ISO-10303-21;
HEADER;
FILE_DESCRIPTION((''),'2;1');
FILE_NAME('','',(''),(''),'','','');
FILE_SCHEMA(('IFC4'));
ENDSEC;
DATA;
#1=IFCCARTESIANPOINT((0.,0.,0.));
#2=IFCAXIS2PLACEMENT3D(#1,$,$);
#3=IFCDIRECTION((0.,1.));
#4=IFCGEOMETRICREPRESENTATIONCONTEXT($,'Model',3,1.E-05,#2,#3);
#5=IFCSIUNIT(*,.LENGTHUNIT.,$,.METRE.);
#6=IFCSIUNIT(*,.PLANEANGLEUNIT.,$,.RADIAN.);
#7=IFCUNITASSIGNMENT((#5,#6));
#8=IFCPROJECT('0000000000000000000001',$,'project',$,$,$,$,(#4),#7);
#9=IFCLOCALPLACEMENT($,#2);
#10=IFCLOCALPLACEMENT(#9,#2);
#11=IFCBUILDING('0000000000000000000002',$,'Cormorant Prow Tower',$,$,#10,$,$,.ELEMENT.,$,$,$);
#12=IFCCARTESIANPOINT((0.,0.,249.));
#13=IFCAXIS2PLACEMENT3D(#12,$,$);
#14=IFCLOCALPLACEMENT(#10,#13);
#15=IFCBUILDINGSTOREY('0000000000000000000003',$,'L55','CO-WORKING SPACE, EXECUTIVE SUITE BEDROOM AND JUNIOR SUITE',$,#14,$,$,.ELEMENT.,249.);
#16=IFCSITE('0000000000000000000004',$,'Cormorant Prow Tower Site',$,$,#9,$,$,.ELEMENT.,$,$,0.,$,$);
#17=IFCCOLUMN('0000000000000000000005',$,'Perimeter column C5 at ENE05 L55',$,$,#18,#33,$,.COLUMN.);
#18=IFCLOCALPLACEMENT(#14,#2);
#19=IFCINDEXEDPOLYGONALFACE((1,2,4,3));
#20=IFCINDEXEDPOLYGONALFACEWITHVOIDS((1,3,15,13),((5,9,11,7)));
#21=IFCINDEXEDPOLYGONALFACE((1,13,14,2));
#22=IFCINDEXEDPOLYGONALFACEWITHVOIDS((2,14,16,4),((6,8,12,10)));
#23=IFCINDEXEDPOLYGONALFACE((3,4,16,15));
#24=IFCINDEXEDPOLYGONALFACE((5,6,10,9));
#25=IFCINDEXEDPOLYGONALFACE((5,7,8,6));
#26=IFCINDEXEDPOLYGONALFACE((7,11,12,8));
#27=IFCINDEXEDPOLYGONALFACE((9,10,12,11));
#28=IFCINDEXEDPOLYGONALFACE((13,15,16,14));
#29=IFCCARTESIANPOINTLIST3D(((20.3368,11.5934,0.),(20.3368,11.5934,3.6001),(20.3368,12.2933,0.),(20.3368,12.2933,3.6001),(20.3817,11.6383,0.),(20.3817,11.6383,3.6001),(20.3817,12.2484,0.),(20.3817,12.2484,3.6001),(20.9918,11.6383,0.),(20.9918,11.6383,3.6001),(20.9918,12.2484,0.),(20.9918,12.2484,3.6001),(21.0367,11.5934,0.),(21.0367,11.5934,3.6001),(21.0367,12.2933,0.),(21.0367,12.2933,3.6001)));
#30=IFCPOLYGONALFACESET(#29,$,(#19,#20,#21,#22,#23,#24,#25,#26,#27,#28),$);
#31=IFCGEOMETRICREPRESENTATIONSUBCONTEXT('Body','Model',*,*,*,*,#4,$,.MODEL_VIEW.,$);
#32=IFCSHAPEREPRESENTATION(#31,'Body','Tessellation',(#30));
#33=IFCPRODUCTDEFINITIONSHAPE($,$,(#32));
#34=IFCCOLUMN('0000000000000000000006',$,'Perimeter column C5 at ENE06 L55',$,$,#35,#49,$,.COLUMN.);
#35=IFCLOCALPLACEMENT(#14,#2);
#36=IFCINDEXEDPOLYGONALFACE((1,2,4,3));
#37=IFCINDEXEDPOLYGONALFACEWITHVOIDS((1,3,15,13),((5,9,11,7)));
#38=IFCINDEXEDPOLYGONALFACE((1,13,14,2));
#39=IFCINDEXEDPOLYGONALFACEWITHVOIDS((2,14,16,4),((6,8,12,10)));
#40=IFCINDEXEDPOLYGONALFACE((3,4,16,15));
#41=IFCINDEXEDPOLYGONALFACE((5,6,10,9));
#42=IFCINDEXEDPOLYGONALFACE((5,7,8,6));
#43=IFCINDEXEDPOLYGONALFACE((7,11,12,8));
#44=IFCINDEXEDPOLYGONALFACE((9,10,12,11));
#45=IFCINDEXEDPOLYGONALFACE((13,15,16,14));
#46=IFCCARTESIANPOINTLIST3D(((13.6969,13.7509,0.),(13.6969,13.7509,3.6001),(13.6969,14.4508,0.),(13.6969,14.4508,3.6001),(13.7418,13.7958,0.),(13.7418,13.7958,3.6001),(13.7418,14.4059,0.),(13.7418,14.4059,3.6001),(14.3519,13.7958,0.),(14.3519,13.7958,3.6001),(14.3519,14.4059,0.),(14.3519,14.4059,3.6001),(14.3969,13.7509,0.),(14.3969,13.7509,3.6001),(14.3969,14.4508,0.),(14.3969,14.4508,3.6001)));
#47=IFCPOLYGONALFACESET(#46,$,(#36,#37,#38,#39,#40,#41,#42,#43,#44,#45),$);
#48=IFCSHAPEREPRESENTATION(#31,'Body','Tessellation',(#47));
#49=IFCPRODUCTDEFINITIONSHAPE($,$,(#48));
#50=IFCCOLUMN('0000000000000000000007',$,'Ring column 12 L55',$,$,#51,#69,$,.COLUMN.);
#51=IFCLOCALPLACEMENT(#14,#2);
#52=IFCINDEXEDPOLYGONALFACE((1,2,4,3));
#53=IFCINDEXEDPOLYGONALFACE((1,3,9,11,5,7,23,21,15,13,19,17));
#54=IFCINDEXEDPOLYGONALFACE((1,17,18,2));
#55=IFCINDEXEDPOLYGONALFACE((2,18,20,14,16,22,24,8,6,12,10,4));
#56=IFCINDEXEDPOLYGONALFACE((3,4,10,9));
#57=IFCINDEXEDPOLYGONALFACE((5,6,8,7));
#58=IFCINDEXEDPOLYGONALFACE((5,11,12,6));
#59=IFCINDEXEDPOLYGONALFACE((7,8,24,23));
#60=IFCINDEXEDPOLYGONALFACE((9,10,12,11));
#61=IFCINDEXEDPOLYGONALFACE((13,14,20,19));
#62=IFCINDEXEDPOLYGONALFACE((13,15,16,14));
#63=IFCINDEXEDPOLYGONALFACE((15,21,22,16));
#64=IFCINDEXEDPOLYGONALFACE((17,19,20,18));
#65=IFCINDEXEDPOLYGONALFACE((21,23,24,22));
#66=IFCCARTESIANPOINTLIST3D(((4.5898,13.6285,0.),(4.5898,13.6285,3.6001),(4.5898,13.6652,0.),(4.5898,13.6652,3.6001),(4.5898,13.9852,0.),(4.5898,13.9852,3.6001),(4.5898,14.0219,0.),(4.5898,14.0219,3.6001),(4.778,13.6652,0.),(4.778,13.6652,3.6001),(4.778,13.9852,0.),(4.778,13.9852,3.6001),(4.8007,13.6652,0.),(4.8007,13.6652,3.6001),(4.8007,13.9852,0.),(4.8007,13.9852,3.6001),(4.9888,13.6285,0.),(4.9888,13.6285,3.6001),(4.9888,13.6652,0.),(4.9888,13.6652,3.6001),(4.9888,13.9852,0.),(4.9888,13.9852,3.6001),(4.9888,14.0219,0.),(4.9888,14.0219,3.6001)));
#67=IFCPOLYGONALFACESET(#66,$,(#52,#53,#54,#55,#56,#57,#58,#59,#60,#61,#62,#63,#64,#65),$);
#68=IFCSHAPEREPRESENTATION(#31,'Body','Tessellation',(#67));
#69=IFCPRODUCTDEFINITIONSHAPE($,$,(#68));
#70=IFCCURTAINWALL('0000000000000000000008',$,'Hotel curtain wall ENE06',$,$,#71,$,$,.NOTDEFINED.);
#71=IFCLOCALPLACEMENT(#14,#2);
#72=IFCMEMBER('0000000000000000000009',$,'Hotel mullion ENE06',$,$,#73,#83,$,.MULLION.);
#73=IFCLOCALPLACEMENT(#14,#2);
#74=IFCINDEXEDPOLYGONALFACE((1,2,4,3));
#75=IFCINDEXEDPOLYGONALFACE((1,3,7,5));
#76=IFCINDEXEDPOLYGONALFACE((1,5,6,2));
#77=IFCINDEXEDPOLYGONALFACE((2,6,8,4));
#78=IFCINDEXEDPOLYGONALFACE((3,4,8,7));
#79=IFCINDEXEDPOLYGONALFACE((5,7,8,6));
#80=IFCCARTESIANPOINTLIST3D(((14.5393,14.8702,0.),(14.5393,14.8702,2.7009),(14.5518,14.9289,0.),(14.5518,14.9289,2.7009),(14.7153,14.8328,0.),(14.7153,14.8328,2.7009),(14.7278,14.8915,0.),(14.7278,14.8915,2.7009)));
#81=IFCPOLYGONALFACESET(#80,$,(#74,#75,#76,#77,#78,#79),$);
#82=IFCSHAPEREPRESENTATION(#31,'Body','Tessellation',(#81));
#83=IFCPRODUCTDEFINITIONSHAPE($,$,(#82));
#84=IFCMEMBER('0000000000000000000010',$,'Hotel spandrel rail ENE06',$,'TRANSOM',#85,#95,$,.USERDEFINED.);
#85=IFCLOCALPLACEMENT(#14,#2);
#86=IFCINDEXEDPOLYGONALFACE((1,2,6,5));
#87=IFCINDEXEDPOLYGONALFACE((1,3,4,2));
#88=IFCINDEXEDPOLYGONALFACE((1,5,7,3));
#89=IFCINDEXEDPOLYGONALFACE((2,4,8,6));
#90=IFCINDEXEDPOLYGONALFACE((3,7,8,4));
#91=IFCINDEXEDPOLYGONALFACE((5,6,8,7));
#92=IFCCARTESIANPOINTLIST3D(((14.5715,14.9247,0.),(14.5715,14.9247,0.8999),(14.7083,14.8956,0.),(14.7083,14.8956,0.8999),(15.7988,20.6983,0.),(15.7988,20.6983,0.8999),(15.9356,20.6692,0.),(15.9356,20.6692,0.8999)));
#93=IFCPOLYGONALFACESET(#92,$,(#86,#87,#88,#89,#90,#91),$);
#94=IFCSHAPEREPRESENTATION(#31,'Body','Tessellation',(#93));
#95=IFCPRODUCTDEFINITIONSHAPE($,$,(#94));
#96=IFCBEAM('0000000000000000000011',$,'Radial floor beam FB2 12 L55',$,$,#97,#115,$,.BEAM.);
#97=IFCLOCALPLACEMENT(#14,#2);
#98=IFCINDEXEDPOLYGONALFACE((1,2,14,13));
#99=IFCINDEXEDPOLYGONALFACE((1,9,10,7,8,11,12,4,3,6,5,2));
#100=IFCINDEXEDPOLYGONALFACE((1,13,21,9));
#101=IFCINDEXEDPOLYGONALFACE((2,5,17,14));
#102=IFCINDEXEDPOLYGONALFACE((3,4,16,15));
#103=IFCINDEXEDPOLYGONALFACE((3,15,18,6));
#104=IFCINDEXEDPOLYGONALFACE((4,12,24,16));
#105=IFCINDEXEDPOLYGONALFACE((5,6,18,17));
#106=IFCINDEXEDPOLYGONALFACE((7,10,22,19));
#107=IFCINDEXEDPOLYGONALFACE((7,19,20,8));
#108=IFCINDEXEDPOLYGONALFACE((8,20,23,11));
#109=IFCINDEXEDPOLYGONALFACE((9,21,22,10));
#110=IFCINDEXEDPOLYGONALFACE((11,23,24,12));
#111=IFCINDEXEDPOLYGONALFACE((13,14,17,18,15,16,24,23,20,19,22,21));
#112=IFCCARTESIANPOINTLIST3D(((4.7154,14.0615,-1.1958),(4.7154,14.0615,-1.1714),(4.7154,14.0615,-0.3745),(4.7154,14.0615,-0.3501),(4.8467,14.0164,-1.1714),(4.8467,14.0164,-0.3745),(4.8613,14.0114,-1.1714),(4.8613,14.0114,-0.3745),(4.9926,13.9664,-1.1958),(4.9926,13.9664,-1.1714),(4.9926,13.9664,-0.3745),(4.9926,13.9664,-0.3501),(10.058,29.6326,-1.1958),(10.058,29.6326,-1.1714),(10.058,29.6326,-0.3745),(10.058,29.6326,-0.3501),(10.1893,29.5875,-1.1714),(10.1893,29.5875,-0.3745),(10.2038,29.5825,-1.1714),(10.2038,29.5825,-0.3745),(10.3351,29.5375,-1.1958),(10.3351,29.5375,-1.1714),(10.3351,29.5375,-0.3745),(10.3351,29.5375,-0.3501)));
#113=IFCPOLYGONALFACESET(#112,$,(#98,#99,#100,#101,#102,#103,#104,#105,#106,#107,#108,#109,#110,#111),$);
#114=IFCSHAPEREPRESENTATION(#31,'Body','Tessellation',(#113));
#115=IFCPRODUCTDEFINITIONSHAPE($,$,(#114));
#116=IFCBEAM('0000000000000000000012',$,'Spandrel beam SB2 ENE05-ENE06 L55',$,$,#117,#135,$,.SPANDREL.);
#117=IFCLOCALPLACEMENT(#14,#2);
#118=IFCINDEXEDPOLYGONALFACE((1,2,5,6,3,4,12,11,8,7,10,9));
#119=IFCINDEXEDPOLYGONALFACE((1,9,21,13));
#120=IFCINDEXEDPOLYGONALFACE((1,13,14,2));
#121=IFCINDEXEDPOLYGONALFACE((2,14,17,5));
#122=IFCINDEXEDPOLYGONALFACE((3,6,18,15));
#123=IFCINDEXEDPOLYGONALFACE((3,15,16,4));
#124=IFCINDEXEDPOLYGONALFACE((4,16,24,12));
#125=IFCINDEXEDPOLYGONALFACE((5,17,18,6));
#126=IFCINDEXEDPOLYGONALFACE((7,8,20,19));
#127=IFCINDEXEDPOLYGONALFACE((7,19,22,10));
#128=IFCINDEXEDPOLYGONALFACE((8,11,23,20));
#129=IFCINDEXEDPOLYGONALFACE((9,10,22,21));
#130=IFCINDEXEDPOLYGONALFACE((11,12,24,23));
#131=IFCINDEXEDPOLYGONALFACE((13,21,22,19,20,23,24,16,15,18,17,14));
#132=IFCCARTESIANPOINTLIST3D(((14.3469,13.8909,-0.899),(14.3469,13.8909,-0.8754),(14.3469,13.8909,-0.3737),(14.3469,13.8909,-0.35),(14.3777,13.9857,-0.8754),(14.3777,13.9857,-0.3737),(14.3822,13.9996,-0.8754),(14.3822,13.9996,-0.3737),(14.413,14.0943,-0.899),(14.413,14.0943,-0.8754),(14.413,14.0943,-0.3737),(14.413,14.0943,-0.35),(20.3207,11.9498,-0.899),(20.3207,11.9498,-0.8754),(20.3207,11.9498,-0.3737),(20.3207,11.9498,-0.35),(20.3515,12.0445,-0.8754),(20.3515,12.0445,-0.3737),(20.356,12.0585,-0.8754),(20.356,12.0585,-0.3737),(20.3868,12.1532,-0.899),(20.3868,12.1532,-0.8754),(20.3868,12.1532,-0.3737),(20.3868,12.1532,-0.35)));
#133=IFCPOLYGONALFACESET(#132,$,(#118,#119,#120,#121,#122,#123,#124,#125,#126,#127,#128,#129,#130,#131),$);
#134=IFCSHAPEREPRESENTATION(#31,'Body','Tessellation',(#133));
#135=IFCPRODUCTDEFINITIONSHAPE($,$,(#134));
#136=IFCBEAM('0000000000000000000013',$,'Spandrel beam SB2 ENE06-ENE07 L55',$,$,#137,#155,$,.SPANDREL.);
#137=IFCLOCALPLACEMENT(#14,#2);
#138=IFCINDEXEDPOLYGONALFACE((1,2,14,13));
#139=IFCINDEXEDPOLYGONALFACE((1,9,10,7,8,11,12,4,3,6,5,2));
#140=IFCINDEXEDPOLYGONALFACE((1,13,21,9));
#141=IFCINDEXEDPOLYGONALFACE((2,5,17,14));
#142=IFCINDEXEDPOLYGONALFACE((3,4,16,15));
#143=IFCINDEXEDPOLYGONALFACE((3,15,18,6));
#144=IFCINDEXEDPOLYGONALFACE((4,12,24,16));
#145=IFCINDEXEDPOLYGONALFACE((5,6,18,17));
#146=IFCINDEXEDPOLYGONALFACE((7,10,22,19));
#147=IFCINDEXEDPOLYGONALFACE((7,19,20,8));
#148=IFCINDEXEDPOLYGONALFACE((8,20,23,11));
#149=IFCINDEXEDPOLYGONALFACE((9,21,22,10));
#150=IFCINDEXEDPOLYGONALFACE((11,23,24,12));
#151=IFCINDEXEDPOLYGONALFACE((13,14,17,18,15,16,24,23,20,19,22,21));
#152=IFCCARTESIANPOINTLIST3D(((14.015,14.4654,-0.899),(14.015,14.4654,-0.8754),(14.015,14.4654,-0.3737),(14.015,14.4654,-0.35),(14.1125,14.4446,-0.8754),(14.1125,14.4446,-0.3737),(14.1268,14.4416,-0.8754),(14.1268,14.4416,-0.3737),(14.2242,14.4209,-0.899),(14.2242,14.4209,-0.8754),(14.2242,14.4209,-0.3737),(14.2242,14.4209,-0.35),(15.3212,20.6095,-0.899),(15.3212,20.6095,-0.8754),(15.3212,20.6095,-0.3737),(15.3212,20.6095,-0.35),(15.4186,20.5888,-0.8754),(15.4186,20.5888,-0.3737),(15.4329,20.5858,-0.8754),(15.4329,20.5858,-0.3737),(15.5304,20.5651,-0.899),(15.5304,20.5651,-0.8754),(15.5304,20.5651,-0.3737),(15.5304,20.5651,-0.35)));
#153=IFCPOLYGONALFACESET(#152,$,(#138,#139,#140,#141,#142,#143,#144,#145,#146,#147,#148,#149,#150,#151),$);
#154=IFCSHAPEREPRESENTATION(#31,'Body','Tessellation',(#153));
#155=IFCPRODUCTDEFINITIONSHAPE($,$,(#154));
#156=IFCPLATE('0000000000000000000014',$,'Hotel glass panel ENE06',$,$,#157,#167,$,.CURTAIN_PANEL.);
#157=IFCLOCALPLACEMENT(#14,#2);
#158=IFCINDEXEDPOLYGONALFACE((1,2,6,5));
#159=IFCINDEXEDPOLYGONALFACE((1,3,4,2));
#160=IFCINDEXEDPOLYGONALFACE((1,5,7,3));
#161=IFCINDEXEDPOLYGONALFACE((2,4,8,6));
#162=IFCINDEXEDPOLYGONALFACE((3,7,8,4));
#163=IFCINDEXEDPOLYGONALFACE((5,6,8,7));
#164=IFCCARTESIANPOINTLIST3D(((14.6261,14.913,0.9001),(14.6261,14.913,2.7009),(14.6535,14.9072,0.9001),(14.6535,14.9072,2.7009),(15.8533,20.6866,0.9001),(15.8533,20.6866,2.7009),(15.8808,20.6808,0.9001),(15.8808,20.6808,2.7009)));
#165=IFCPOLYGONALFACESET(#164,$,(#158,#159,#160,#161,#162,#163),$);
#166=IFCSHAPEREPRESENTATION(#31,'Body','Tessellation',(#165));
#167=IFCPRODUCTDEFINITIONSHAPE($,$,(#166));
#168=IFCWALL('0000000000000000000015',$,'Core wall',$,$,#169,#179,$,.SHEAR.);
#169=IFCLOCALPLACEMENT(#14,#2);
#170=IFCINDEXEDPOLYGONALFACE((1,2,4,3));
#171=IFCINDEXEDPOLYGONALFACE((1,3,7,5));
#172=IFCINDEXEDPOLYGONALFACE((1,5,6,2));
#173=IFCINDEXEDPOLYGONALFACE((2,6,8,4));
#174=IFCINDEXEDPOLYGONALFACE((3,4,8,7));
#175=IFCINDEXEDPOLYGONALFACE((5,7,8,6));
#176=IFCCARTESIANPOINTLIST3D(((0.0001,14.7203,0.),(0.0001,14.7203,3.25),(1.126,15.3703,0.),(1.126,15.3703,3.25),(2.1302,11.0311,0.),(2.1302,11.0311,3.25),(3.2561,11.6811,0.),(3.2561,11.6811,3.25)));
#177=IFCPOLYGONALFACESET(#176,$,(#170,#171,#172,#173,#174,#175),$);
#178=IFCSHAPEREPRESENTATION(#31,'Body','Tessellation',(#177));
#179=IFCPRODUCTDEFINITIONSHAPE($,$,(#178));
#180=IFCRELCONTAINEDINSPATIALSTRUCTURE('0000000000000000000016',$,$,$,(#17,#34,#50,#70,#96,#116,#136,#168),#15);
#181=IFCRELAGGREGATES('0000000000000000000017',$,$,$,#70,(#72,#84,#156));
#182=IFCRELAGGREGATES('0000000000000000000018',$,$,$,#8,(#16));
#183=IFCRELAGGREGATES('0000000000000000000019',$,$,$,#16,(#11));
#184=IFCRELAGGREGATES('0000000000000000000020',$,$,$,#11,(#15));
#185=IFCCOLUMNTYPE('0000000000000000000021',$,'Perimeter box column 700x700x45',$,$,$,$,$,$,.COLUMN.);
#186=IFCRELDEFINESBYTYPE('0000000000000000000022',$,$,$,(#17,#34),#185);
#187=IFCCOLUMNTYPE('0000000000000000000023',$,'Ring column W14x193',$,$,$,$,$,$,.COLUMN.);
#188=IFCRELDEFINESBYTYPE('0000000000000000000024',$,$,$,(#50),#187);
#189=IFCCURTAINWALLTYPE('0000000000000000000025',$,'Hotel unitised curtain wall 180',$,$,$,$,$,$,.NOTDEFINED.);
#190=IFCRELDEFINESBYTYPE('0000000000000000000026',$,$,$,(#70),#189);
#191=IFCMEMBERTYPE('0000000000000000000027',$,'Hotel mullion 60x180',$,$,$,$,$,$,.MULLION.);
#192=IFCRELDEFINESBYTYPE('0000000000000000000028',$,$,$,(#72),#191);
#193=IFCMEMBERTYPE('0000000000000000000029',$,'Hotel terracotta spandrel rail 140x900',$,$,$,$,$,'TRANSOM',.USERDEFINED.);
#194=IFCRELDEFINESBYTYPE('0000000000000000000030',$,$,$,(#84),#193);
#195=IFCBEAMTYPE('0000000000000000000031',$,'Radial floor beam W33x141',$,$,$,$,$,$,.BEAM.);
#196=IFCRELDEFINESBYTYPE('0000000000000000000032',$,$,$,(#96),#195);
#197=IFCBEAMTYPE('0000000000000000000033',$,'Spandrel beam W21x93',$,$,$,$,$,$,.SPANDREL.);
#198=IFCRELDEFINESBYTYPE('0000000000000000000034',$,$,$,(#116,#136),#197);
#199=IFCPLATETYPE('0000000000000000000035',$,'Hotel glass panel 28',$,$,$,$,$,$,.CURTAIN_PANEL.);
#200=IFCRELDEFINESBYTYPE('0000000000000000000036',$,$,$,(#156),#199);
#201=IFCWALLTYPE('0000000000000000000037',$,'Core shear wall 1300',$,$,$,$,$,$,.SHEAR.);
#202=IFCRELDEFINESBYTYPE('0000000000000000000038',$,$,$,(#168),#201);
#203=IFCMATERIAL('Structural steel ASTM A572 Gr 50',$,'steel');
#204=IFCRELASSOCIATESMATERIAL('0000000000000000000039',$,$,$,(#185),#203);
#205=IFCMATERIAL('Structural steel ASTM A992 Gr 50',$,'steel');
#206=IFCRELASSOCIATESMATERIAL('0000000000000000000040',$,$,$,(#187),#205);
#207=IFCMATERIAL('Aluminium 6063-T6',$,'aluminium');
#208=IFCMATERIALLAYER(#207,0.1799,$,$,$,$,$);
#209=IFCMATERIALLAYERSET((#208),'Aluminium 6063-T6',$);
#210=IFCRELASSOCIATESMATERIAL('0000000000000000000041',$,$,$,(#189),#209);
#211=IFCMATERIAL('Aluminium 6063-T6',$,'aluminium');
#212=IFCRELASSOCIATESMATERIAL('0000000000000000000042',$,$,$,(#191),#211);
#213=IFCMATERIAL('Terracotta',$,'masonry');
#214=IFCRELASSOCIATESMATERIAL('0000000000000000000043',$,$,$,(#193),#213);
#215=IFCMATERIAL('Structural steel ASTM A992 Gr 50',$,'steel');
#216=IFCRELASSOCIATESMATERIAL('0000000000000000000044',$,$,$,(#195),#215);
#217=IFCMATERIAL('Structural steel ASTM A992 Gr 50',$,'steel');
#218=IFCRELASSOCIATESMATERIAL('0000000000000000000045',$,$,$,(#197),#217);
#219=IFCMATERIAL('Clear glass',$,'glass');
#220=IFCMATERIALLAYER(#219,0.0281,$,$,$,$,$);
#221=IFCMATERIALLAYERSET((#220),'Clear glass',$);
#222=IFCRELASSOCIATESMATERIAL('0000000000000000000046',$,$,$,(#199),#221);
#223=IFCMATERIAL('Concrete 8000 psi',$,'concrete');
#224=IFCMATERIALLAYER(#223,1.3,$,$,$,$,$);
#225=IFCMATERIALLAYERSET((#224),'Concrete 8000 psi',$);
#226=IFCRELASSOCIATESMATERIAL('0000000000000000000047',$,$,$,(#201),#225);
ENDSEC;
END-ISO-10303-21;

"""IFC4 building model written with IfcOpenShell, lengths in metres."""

from ifc_helpers import new_model, si_unit, direction, frame, frame_2d, origin, origin_2d, place, context, subcontext, project, spatial, rectangle, hollow_rectangle, i_section, extrude, material, layer, layer_set, material_profile, profile_set, type_object, element, aggregate, save


model = new_model("IFC4")

# Units and contexts
model_context = context("Model", 3, precision=1e-05, world=origin(), true_north=direction((0.0, 1.0)))
body_context = subcontext(model_context, "Body", "Model", "MODEL_VIEW")
ifc_project = project(units=[si_unit("LENGTHUNIT", "METRE"), si_unit("PLANEANGLEUNIT", "RADIAN")], contexts=[model_context])

# Site, building, storey
site_placement = place(None, origin())
site = spatial("IfcSite", under=ifc_project, at=site_placement, Name="Cormorant Prow Tower Site", CompositionType="ELEMENT", RefElevation=0.0)
building_placement = place(site_placement, origin())
building = spatial("IfcBuilding", under=site, at=building_placement, Name="Cormorant Prow Tower", CompositionType="ELEMENT")
storey_placement = place(building_placement, frame((0.0, 0.0, 249.0)))
storey = spatial("IfcBuildingStorey", under=building, at=storey_placement, Name="L55", Description="CO-WORKING SPACE, EXECUTIVE SUITE BEDROOM AND JUNIOR SUITE", CompositionType="ELEMENT", Elevation=249.0)

# Columns
ifc_material_1 = material(Name="Structural steel ASTM A572 Gr 50", Category="steel")
ifc_material_profile_1 = material_profile(ifc_material_1, hollow_rectangle(XDim=0.7, YDim=0.7, WallThickness=0.0449, at=origin_2d()), Name="Box 700x700x45")
ifc_profile_set_1 = profile_set([ifc_material_profile_1], Name="Structural steel ASTM A572 Gr 50")
column_type_1 = type_object("IfcColumnType", Name="Perimeter box column 700x700x45", PredefinedType="COLUMN", material=ifc_profile_set_1)
for number, where, z_axis, x_axis, name in (
    (1, (20.6868, 11.9434, 0.0), (0.0, 0.0, 1.0), (1.0, 0.0, 0.0), "Perimeter column C5 at ENE05 L55"),
    (2, (14.0469, 14.1008, 0.0), (0.0, 0.0, 1.0), (1.0, 0.0, 0.0), "Perimeter column C5 at ENE06 L55"),
):
    element("IfcColumn", number, at=place(storey_placement, frame(where, z_axis=z_axis, x_axis=x_axis)), inside=storey, type_object=column_type_1, Name=name, PredefinedType="COLUMN", context=body_context, shape_type="SweptSolid", body=[
        extrude(hollow_rectangle(XDim=0.7, YDim=0.7, WallThickness=0.0449, at=origin_2d()), origin(), (0.0, 0.0, 1.0), 3.6001),
    ])
ifc_material_2 = material(Name="Structural steel ASTM A992 Gr 50", Category="steel")
ifc_material_profile_2 = material_profile(ifc_material_2, i_section(OverallWidth=0.3989, OverallDepth=0.3933, WebThickness=0.0227, FlangeThickness=0.0366, at=origin_2d()), Name="W14x193")
ifc_profile_set_2 = profile_set([ifc_material_profile_2], Name="Structural steel ASTM A992 Gr 50")
column_type_2 = type_object("IfcColumnType", Name="Ring column W14x193", PredefinedType="COLUMN", material=ifc_profile_set_2)
column_placement = place(storey_placement, frame((4.7893, 13.8252, 0.0), z_axis=(0.0, 0.0, 1.0), x_axis=(1.0, 0.0, 0.0)))
element("IfcColumn", 3, at=column_placement, inside=storey, type_object=column_type_2, Name="Ring column 12 L55", PredefinedType="COLUMN", context=body_context, shape_type="SweptSolid", body=[
    extrude(i_section(OverallWidth=0.3989, OverallDepth=0.3933, WebThickness=0.0227, FlangeThickness=0.0366, at=origin_2d()), origin(), (0.0, 0.0, 1.0), 3.6001),
])

# Curtain wall, members
ifc_material_3 = material(Name="Aluminium 6063-T6", Category="aluminium")
ifc_layer_1 = layer(ifc_material_3, 0.1799)
ifc_layer_set_1 = layer_set([ifc_layer_1], Name="Aluminium 6063-T6")
curtain_wall_type = type_object("IfcCurtainWallType", Name="Hotel unitised curtain wall 180", PredefinedType="NOTDEFINED", material=ifc_layer_set_1)
curtain_wall_placement = place(storey_placement, origin())
curtain_wall = element("IfcCurtainWall", 4, at=curtain_wall_placement, inside=storey, type_object=curtain_wall_type, Name="Hotel curtain wall ENE06", PredefinedType="NOTDEFINED")
ifc_material_4 = material(Name="Aluminium 6063-T6", Category="aluminium")
ifc_material_profile_3 = material_profile(ifc_material_4, rectangle(XDim=0.1799, YDim=0.0601, at=origin_2d()), Name="Hotel mullion 60x180")
ifc_profile_set_3 = profile_set([ifc_material_profile_3], Name="Aluminium 6063-T6")
member_type_1 = type_object("IfcMemberType", Name="Hotel mullion 60x180", PredefinedType="MULLION", material=ifc_profile_set_3)
member_1_placement = place(storey_placement, frame((14.6335, 14.8809, 0.0), z_axis=(0.0, 0.0, 1.0), x_axis=(-0.978148, 0.207912, 0.0)))
member_1 = element("IfcMember", 5, at=member_1_placement, type_object=member_type_1, Name="Hotel mullion ENE06", PredefinedType="MULLION", context=body_context, shape_type="SweptSolid", body=[
    extrude(rectangle(XDim=0.1799, YDim=0.0601, at=origin_2d()), origin(), (0.0, 0.0, 1.0), 2.7009),
])
ifc_material_5 = material(Name="Terracotta", Category="masonry")
ifc_material_profile_4 = material_profile(ifc_material_5, rectangle(XDim=0.1399, YDim=0.8999, at=origin_2d()), Name="Hotel terracotta spandrel rail 140x900")
ifc_profile_set_4 = profile_set([ifc_material_profile_4], Name="Terracotta")
member_type_2 = type_object("IfcMemberType", Name="Hotel terracotta spandrel rail 140x900", ElementType="TRANSOM", PredefinedType="USERDEFINED", material=ifc_profile_set_4)
member_2_placement = place(storey_placement, frame((14.6399, 14.9102, 0.45), z_axis=(0.207922, 0.978145, 0.0), x_axis=(-0.978145, 0.207922, 0.0)))
member_2 = element("IfcMember", 6, at=member_2_placement, type_object=member_type_2, Name="Hotel spandrel rail ENE06", ObjectType="TRANSOM", PredefinedType="USERDEFINED", context=body_context, shape_type="SweptSolid", body=[
    extrude(rectangle(XDim=0.1399, YDim=0.8999, at=origin_2d()), origin(), (0.0, 0.0, 1.0), 5.9026),
])

# Beams
ifc_material_6 = material(Name="Structural steel ASTM A992 Gr 50", Category="steel")
ifc_material_profile_5 = material_profile(ifc_material_6, i_section(OverallWidth=0.293, OverallDepth=0.8457, WebThickness=0.0154, FlangeThickness=0.0244, at=origin_2d()), Name="W33x141")
ifc_profile_set_5 = profile_set([ifc_material_profile_5], Name="Structural steel ASTM A992 Gr 50")
beam_type_1 = type_object("IfcBeamType", Name="Radial floor beam W33x141", PredefinedType="BEAM", material=ifc_profile_set_5)
beam_1_placement = place(storey_placement, frame((4.854, 14.0139, -0.7729), z_axis=(0.324536, 0.945874, 0.0), x_axis=(-0.945874, 0.324536, 0.0)))
element("IfcBeam", 7, at=beam_1_placement, inside=storey, type_object=beam_type_1, Name="Radial floor beam FB2 12 L55", PredefinedType="BEAM", context=body_context, shape_type="SweptSolid", body=[
    extrude(i_section(OverallWidth=0.293, OverallDepth=0.8457, WebThickness=0.0154, FlangeThickness=0.0244, at=origin_2d()), origin(), (0.0, 0.0, 1.0), 16.4622),
])
ifc_material_7 = material(Name="Structural steel ASTM A992 Gr 50", Category="steel")
ifc_material_profile_6 = material_profile(ifc_material_7, i_section(OverallWidth=0.2139, OverallDepth=0.5491, WebThickness=0.0146, FlangeThickness=0.0237, at=origin_2d()), Name="W21x93")
ifc_profile_set_6 = profile_set([ifc_material_profile_6], Name="Structural steel ASTM A992 Gr 50")
beam_type_2 = type_object("IfcBeamType", Name="Spandrel beam W21x93", PredefinedType="SPANDREL", material=ifc_profile_set_6)
beam_2_placement = place(storey_placement, frame((20.3538, 12.0515, -0.6245), z_axis=(-0.95105, 0.309036, 0.0), x_axis=(-0.309036, -0.95105, 0.0)))
element("IfcBeam", 8, at=beam_2_placement, inside=storey, type_object=beam_type_2, Name="Spandrel beam SB2 ENE05-ENE06 L55", PredefinedType="SPANDREL", context=body_context, shape_type="SweptSolid", body=[
    extrude(i_section(OverallWidth=0.2139, OverallDepth=0.5491, WebThickness=0.0146, FlangeThickness=0.0237, at=origin_2d()), origin(), (0.0, 0.0, 1.0), 6.2812),
])
beam_3_placement = place(storey_placement, frame((14.1196, 14.4431, -0.6245), z_axis=(0.207934, 0.978143, 0.0), x_axis=(-0.978143, 0.207934, 0.0)))
element("IfcBeam", 9, at=beam_3_placement, inside=storey, type_object=beam_type_2, Name="Spandrel beam SB2 ENE06-ENE07 L55", PredefinedType="SPANDREL", context=body_context, shape_type="SweptSolid", body=[
    extrude(i_section(OverallWidth=0.2139, OverallDepth=0.5491, WebThickness=0.0146, FlangeThickness=0.0237, at=origin_2d()), origin(), (0.0, 0.0, 1.0), 6.2815),
])

# Plate
ifc_material_8 = material(Name="Clear glass", Category="glass")
ifc_layer_2 = layer(ifc_material_8, 0.0281)
ifc_layer_set_2 = layer_set([ifc_layer_2], Name="Clear glass")
plate_type = type_object("IfcPlateType", Name="Hotel glass panel 28", PredefinedType="CURTAIN_PANEL", material=ifc_layer_set_2)
plate_placement = place(storey_placement, frame((15.2534, 17.7969, 0.9001), z_axis=(0.0, 0.0, 1.0), x_axis=(0.207912, 0.978148, 0.0)))
plate = element("IfcPlate", 10, at=plate_placement, type_object=plate_type, Name="Hotel glass panel ENE06", PredefinedType="CURTAIN_PANEL", context=body_context, shape_type="SweptSolid", body=[
    extrude(rectangle(XDim=5.9026, YDim=0.0281, at=origin_2d()), origin(), (0.0, 0.0, 1.0), 1.8008),
])
aggregate(curtain_wall, [member_1, member_2, plate])

# Wall
ifc_material_9 = material(Name="Concrete 8000 psi", Category="concrete")
ifc_layer_3 = layer(ifc_material_9, 1.3)
ifc_layer_set_3 = layer_set([ifc_layer_3], Name="Concrete 8000 psi")
wall_type_1 = type_object("IfcWallType", Name="Core shear wall 1300", PredefinedType="SHEAR", material=ifc_layer_set_3)
wall_1_placement = place(storey_placement, frame((2.6931, 11.3562, 0.0), z_axis=(0.0, 0.0, 1.0), x_axis=(-0.500028, 0.866009, 0.0)))
element("IfcWall", 11, at=wall_1_placement, inside=storey, type_object=wall_type_1, Name="Core wall", PredefinedType="SHEAR", context=body_context, shape_type="SweptSolid", body=[
    extrude(rectangle(XDim=4.26, YDim=1.3, at=frame_2d((2.1299, 0.0))), origin(), (0.0, 0.0, 1.0), 3.25),
])

save(model, "model.ifc")
